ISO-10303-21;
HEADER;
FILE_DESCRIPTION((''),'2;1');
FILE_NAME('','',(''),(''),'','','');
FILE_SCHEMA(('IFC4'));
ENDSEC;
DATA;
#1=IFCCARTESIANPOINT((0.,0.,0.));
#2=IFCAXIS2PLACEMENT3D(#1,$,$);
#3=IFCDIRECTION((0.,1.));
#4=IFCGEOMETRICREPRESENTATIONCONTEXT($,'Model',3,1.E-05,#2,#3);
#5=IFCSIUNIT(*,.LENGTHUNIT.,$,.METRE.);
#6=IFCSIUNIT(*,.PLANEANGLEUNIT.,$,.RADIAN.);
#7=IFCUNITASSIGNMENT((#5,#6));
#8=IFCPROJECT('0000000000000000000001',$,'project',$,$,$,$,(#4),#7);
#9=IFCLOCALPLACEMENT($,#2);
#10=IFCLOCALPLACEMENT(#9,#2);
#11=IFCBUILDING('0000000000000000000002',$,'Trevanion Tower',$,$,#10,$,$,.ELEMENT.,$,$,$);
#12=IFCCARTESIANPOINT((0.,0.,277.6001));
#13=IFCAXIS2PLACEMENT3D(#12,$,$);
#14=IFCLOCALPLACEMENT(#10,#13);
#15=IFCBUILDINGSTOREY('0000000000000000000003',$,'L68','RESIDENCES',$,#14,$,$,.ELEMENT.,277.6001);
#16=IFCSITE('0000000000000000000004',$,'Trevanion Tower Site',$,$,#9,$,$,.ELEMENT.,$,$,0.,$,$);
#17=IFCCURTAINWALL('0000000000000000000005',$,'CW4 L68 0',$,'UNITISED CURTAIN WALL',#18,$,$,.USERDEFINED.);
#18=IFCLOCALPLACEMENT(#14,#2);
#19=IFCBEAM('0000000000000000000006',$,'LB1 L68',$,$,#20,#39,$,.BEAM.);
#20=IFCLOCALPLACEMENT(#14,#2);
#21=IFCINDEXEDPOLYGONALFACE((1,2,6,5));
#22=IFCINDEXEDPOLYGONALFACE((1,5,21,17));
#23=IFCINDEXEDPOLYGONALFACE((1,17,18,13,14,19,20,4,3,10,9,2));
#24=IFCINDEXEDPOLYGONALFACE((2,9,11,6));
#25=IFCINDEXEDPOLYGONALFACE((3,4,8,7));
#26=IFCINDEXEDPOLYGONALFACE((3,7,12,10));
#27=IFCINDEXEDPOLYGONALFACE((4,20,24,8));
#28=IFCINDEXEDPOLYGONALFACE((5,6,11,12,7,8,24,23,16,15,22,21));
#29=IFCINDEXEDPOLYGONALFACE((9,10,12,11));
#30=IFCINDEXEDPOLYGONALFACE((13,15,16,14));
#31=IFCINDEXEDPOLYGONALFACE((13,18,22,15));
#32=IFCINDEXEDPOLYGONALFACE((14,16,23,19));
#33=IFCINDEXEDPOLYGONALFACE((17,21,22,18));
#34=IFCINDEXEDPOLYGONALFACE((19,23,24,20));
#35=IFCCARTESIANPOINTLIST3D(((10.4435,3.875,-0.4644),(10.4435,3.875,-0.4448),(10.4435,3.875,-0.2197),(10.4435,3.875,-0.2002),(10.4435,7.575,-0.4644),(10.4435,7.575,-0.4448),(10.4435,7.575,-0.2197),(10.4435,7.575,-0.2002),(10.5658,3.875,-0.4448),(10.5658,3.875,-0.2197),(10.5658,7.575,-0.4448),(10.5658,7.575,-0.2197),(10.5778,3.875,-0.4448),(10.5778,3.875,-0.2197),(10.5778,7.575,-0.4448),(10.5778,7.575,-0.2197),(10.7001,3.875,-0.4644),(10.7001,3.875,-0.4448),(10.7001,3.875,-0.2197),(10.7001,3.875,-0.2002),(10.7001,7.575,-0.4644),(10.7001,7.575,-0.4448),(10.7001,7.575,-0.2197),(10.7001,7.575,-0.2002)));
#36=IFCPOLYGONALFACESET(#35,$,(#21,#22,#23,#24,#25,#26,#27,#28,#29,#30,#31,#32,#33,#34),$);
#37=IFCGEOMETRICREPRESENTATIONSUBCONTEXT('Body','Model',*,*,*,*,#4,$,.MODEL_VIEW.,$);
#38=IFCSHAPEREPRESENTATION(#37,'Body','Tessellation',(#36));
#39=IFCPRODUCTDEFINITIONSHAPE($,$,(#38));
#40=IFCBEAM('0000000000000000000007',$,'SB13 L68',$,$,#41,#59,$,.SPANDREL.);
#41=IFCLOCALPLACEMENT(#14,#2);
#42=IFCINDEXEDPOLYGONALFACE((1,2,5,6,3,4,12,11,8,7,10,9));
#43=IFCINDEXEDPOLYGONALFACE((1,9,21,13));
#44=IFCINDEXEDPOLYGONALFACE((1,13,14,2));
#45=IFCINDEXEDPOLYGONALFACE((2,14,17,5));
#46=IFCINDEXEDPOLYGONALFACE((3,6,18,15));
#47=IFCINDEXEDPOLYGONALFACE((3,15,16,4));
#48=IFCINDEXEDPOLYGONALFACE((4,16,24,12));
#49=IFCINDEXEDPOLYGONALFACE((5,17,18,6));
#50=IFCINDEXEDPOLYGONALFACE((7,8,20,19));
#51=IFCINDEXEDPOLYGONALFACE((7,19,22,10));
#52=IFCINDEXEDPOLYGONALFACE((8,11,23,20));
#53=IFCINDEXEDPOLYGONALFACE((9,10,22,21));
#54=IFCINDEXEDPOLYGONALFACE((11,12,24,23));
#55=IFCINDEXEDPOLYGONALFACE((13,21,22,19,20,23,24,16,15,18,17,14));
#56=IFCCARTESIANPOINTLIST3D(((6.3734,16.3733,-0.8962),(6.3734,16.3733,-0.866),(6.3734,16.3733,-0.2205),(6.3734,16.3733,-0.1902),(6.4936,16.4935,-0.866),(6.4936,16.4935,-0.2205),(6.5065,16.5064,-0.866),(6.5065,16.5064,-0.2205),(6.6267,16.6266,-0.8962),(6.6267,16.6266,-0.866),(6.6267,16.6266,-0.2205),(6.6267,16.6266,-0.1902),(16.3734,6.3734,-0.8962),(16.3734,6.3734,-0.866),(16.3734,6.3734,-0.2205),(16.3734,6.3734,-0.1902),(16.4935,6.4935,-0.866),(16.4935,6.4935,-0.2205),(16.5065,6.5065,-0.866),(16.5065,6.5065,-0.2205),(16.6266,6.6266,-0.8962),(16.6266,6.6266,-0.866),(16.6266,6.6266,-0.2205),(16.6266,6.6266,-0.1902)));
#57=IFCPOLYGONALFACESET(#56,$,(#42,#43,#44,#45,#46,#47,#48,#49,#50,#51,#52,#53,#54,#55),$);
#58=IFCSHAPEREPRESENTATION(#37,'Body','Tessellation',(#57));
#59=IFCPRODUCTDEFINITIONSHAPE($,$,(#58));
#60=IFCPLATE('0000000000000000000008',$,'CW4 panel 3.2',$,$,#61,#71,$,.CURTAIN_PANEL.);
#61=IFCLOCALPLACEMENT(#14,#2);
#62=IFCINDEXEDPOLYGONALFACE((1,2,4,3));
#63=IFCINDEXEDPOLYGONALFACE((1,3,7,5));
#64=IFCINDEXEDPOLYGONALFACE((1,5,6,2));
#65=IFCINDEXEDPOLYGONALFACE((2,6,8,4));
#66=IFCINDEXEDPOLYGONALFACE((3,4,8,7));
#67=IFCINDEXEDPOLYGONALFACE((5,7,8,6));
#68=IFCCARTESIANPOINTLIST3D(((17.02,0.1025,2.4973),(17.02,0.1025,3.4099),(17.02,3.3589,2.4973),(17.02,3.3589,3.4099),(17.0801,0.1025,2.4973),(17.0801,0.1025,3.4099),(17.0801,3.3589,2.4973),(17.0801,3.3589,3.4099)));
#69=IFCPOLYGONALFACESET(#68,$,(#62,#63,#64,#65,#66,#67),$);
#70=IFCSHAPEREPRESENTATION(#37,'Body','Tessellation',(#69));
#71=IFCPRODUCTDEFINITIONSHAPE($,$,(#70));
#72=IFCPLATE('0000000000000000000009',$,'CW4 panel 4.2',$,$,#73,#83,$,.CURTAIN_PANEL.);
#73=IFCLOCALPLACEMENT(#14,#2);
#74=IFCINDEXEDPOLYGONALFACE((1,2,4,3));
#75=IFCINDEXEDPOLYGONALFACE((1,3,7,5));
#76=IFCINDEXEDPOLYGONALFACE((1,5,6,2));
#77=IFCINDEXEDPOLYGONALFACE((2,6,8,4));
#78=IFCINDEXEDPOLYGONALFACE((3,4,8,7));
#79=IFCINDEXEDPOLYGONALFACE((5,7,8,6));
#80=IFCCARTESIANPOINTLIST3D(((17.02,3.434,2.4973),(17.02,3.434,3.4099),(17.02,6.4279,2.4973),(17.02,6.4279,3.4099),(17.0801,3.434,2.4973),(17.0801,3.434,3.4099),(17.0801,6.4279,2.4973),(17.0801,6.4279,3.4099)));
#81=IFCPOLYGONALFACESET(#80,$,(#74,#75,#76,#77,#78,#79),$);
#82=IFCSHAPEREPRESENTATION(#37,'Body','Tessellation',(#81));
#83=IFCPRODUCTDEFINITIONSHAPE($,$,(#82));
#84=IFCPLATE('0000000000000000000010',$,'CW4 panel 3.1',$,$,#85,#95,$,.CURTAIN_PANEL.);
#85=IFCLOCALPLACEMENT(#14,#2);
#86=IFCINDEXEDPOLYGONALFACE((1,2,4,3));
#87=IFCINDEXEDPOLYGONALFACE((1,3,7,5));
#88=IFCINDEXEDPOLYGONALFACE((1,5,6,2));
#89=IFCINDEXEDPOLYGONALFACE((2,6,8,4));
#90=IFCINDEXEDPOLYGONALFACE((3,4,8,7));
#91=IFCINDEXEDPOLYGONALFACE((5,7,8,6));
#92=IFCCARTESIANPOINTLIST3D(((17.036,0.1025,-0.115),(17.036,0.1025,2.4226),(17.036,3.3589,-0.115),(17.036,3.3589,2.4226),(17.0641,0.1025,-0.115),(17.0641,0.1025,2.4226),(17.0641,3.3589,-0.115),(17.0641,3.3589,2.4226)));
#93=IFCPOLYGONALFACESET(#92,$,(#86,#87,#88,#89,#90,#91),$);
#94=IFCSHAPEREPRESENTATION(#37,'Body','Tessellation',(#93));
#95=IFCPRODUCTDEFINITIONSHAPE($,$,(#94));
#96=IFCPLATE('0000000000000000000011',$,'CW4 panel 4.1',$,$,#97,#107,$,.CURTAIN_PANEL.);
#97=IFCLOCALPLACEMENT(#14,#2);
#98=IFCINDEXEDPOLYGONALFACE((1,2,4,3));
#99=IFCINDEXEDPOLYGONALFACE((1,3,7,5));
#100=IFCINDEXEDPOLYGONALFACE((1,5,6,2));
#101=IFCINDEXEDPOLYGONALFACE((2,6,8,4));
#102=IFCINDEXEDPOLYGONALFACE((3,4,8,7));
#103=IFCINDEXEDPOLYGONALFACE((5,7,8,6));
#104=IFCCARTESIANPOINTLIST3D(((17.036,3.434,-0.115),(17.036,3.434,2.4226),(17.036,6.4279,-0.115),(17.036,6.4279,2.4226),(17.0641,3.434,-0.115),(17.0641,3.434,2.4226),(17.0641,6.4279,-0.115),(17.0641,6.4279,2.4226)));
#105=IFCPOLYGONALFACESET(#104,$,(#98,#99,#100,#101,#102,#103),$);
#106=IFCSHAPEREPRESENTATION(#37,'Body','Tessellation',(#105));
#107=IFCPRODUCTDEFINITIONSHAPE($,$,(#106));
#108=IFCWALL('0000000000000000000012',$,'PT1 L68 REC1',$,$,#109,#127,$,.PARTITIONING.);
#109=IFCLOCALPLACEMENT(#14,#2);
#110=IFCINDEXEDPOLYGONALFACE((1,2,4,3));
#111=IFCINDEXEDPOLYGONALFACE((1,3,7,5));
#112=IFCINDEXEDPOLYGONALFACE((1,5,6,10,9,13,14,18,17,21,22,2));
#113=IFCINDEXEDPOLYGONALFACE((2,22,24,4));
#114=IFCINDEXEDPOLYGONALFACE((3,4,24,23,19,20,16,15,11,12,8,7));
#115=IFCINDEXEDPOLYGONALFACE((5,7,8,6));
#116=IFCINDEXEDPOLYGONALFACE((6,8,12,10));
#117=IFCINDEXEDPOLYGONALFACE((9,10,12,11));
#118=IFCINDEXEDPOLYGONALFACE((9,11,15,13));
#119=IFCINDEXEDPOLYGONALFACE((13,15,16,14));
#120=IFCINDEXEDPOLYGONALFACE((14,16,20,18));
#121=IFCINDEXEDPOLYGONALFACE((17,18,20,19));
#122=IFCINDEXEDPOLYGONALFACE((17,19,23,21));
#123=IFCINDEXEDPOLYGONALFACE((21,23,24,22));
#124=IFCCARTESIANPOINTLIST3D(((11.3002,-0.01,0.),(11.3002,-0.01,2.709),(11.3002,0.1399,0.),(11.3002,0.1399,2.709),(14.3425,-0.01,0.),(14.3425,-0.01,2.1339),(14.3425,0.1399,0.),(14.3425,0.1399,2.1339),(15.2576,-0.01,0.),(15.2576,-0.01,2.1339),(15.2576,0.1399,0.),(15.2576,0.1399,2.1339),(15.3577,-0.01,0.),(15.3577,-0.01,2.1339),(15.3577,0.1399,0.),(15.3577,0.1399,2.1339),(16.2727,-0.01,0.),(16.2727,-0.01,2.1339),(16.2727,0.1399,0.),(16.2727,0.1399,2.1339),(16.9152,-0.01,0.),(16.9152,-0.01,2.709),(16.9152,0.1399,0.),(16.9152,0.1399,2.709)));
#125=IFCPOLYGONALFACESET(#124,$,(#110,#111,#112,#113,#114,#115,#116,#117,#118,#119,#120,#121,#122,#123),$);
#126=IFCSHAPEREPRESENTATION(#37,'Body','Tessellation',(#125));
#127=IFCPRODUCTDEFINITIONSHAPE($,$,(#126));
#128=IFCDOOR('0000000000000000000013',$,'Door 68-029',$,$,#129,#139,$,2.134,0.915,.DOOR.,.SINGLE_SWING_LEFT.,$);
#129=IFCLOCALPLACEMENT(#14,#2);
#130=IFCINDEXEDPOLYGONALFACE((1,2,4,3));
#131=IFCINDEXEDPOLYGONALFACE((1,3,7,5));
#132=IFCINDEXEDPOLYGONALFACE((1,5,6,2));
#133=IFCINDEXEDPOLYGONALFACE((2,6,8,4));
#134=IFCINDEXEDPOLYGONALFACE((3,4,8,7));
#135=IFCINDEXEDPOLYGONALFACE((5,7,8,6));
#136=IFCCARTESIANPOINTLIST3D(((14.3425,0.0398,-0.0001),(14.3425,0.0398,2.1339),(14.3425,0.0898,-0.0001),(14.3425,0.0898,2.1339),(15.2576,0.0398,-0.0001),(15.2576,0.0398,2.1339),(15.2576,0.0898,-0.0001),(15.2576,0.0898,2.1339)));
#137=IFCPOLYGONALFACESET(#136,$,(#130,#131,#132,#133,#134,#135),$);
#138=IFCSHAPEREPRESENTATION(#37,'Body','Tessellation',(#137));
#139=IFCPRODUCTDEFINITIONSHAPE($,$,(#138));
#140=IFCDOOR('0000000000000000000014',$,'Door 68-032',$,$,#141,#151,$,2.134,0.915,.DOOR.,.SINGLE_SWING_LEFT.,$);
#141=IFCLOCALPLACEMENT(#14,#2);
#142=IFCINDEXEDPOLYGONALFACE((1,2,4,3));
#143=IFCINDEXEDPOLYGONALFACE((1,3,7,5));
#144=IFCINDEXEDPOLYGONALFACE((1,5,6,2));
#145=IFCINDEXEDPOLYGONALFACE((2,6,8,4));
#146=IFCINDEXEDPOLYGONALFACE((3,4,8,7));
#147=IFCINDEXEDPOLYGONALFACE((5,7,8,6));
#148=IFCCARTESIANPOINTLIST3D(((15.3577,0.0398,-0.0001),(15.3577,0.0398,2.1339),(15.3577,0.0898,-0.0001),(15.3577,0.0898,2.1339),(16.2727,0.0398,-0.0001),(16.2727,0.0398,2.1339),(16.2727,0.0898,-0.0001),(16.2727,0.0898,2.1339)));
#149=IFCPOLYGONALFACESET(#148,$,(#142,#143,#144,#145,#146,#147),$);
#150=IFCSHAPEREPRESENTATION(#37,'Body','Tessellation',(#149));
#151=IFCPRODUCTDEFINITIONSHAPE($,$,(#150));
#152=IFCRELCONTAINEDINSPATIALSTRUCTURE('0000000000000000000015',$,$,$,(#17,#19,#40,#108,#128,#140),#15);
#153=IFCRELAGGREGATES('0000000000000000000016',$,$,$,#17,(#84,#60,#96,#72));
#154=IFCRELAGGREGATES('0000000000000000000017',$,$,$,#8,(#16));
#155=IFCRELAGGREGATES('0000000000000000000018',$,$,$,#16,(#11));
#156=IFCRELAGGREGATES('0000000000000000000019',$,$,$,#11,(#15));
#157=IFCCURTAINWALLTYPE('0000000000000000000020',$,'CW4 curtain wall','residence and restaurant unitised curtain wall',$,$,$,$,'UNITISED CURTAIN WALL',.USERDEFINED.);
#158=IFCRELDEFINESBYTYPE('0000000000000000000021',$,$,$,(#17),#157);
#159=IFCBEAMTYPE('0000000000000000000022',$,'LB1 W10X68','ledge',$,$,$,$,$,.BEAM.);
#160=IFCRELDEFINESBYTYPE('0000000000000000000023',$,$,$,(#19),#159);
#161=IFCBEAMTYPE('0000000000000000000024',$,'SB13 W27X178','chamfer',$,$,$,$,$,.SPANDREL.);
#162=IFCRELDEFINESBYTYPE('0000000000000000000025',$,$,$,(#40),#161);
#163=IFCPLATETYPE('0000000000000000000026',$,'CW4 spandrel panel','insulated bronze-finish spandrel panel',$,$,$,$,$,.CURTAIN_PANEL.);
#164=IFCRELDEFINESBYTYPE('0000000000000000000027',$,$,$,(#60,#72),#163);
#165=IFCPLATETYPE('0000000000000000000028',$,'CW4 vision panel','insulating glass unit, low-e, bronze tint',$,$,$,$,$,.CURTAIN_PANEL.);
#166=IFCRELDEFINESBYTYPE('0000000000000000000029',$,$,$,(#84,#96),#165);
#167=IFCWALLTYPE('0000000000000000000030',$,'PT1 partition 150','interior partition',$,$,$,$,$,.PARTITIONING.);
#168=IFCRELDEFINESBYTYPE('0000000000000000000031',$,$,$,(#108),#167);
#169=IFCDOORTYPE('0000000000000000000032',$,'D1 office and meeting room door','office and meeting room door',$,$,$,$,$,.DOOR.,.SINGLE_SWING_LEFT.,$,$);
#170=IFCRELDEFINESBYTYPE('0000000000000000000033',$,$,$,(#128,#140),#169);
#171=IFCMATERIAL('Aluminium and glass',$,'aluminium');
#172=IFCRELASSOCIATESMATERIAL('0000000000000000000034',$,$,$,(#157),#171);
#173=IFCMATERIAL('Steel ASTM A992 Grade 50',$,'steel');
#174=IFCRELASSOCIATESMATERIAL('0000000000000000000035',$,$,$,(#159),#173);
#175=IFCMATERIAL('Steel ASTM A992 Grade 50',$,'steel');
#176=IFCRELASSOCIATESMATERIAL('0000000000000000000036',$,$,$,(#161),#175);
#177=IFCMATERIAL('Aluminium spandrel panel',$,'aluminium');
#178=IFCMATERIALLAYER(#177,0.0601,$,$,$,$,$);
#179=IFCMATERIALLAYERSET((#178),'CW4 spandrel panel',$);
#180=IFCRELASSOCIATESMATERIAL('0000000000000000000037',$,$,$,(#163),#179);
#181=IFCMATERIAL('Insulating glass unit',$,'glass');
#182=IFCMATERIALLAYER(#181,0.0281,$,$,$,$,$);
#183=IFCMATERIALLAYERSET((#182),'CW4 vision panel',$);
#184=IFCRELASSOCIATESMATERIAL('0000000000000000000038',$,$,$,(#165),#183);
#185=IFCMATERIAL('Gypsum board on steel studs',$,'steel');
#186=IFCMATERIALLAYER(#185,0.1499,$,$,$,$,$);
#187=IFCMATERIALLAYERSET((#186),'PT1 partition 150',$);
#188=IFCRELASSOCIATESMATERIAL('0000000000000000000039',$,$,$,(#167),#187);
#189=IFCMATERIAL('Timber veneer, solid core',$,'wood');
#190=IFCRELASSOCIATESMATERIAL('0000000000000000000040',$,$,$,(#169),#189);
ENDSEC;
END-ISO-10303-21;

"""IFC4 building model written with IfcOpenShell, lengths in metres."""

from ifc_helpers import new_model, si_unit, direction, frame, frame_2d, origin, origin_2d, place, context, subcontext, project, spatial, rectangle, i_section, extrude, material, layer, layer_set, material_profile, profile_set, type_object, element, fill, aggregate, save


model = new_model("IFC4")

# Units and contexts
model_context = context("Model", 3, precision=1e-05, world=origin(), true_north=direction((0.0, 1.0)))
body_context = subcontext(model_context, "Body", "Model", "MODEL_VIEW")
ifc_project = project(units=[si_unit("LENGTHUNIT", "METRE"), si_unit("PLANEANGLEUNIT", "RADIAN")], contexts=[model_context])

# Site, building, storey
site_placement = place(None, origin())
site = spatial("IfcSite", under=ifc_project, at=site_placement, Name="Trevanion Tower Site", CompositionType="ELEMENT", RefElevation=0.0)
building_placement = place(site_placement, origin())
building = spatial("IfcBuilding", under=site, at=building_placement, Name="Trevanion Tower", CompositionType="ELEMENT")
storey_placement = place(building_placement, frame((0.0, 0.0, 277.6001)))
storey = spatial("IfcBuildingStorey", under=building, at=storey_placement, Name="L68", Description="RESIDENCES", CompositionType="ELEMENT", Elevation=277.6001)

# Curtain wall
ifc_material_1 = material(Name="Aluminium and glass", Category="aluminium")
curtain_wall_type = type_object("IfcCurtainWallType", Name="CW4 curtain wall", Description="residence and restaurant unitised curtain wall", ElementType="UNITISED CURTAIN WALL", PredefinedType="USERDEFINED", material=ifc_material_1)
curtain_wall_placement = place(storey_placement, origin())
curtain_wall = element("IfcCurtainWall", 1, at=curtain_wall_placement, inside=storey, type_object=curtain_wall_type, Name="CW4 L68 0", ObjectType="UNITISED CURTAIN WALL", PredefinedType="USERDEFINED")

# Beams
ifc_material_2 = material(Name="Steel ASTM A992 Grade 50", Category="steel")
ifc_material_profile_1 = material_profile(ifc_material_2, i_section(OverallWidth=0.2566, OverallDepth=0.2642, WebThickness=0.012, FlangeThickness=0.0195, at=origin_2d()), Name="W10X68")
ifc_profile_set_1 = profile_set([ifc_material_profile_1], Name="Steel ASTM A992 Grade 50")
beam_type_1 = type_object("IfcBeamType", Name="LB1 W10X68", Description="ledge", PredefinedType="BEAM", material=ifc_profile_set_1)
beam_1_placement = place(storey_placement, frame((10.5718, 3.875, -0.3323), z_axis=(0.0, 1.0, 0.0), x_axis=(-1.0, 0.0, 0.0)))
element("IfcBeam", 2, at=beam_1_placement, inside=storey, type_object=beam_type_1, Name="LB1 L68", PredefinedType="BEAM", context=body_context, shape_type="SweptSolid", body=[
    extrude(i_section(OverallWidth=0.2566, OverallDepth=0.2642, WebThickness=0.012, FlangeThickness=0.0195, at=origin_2d()), origin(), (0.0, 0.0, 1.0), 3.7),
])
ifc_material_3 = material(Name="Steel ASTM A992 Grade 50", Category="steel")
ifc_material_profile_2 = material_profile(ifc_material_3, i_section(OverallWidth=0.3582, OverallDepth=0.7061, WebThickness=0.0183, FlangeThickness=0.0303, at=origin_2d()), Name="W27X178")
ifc_profile_set_2 = profile_set([ifc_material_profile_2], Name="Steel ASTM A992 Grade 50")
beam_type_2 = type_object("IfcBeamType", Name="SB13 W27X178", Description="chamfer", PredefinedType="SPANDREL", material=ifc_profile_set_2)
beam_2_placement = place(storey_placement, frame((16.5, 6.5, -0.5432), z_axis=(-0.707107, 0.707107, 0.0), x_axis=(-0.707107, -0.707107, 0.0)))
element("IfcBeam", 3, at=beam_2_placement, inside=storey, type_object=beam_type_2, Name="SB13 L68", PredefinedType="SPANDREL", context=body_context, shape_type="SweptSolid", body=[
    extrude(i_section(OverallWidth=0.3582, OverallDepth=0.7061, WebThickness=0.0183, FlangeThickness=0.0303, at=origin_2d()), origin(), (0.0, 0.0, 1.0), 14.1421),
])

# Plates
ifc_material_4 = material(Name="Aluminium spandrel panel", Category="aluminium")
ifc_layer_1 = layer(ifc_material_4, 0.0601)
ifc_layer_set_1 = layer_set([ifc_layer_1], Name="CW4 spandrel panel")
plate_type_1 = type_object("IfcPlateType", Name="CW4 spandrel panel", Description="insulated bronze-finish spandrel panel", PredefinedType="CURTAIN_PANEL", material=ifc_layer_set_1)
plate_1_placement = place(storey_placement, frame((17.05, 1.7307, 2.4973), z_axis=(0.0, 0.0, 1.0), x_axis=(0.0, 1.0, 0.0)))
plate_1 = element("IfcPlate", 4, at=plate_1_placement, type_object=plate_type_1, Name="CW4 panel 3.2", PredefinedType="CURTAIN_PANEL", context=body_context, shape_type="SweptSolid", body=[
    extrude(rectangle(XDim=3.2563, YDim=0.0601, at=origin_2d()), origin(), (0.0, 0.0, 1.0), 0.9126),
])
plate_2_placement = place(storey_placement, frame((17.05, 4.9309, 2.4973), z_axis=(0.0, 0.0, 1.0), x_axis=(0.0, 1.0, 0.0)))
plate_2 = element("IfcPlate", 5, at=plate_2_placement, type_object=plate_type_1, Name="CW4 panel 4.2", PredefinedType="CURTAIN_PANEL", context=body_context, shape_type="SweptSolid", body=[
    extrude(rectangle(XDim=2.9939, YDim=0.0601, at=origin_2d()), origin(), (0.0, 0.0, 1.0), 0.9126),
])
ifc_material_5 = material(Name="Insulating glass unit", Category="glass")
ifc_layer_2 = layer(ifc_material_5, 0.0281)
ifc_layer_set_2 = layer_set([ifc_layer_2], Name="CW4 vision panel")
plate_type_2 = type_object("IfcPlateType", Name="CW4 vision panel", Description="insulating glass unit, low-e, bronze tint", PredefinedType="CURTAIN_PANEL", material=ifc_layer_set_2)
plate_3_placement = place(storey_placement, frame((17.05, 1.7307, -0.115), z_axis=(0.0, 0.0, 1.0), x_axis=(0.0, 1.0, 0.0)))
plate_3 = element("IfcPlate", 6, at=plate_3_placement, type_object=plate_type_2, Name="CW4 panel 3.1", PredefinedType="CURTAIN_PANEL", context=body_context, shape_type="SweptSolid", body=[
    extrude(rectangle(XDim=3.2563, YDim=0.0281, at=origin_2d()), origin(), (0.0, 0.0, 1.0), 2.5376),
])
plate_4_placement = place(storey_placement, frame((17.05, 4.9309, -0.115), z_axis=(0.0, 0.0, 1.0), x_axis=(0.0, 1.0, 0.0)))
plate_4 = element("IfcPlate", 7, at=plate_4_placement, type_object=plate_type_2, Name="CW4 panel 4.1", PredefinedType="CURTAIN_PANEL", context=body_context, shape_type="SweptSolid", body=[
    extrude(rectangle(XDim=2.9939, YDim=0.0281, at=origin_2d()), origin(), (0.0, 0.0, 1.0), 2.5376),
])
aggregate(curtain_wall, [plate_3, plate_1, plate_4, plate_2])

# Wall, openings, doors
ifc_material_6 = material(Name="Gypsum board on steel studs", Category="steel")
ifc_layer_3 = layer(ifc_material_6, 0.1499)
ifc_layer_set_3 = layer_set([ifc_layer_3], Name="PT1 partition 150")
wall_type_1 = type_object("IfcWallType", Name="PT1 partition 150", Description="interior partition", PredefinedType="PARTITIONING", material=ifc_layer_set_3)
wall_1_placement = place(storey_placement, frame((11.3, 0.0649, 0.0), z_axis=(0.0, 0.0, 1.0), x_axis=(1.0, 0.0, 0.0)))
wall_1 = element("IfcWall", 8, at=wall_1_placement, inside=storey, type_object=wall_type_1, Name="PT1 L68 REC1", PredefinedType="PARTITIONING", context=body_context, shape_type="SweptSolid", body=[
    extrude(rectangle(XDim=5.615, YDim=0.1499, at=frame_2d((2.8076, 0.0))), origin(), (0.0, 0.0, 1.0), 2.709),
])
opening_1_placement = place(wall_1_placement, frame((3.0425, 0.0, 0.0)))
opening_1 = element("IfcOpeningElement", 9, at=opening_1_placement, cuts=wall_1, PredefinedType="OPENING", context=body_context, shape_type="SweptSolid", body=[
    extrude(rectangle(XDim=0.915, YDim=2.134, at=frame_2d((0.4575, 1.0669))), frame((0.0, 0.085, 0.0), z_axis=(0.0, -1.0, 0.0), x_axis=(1.0, 0.0, 0.0)), (0.0, 0.0, 1.0), 0.1699),
])
opening_2_placement = place(wall_1_placement, frame((4.0576, 0.0, 0.0)))
opening_2 = element("IfcOpeningElement", 10, at=opening_2_placement, cuts=wall_1, PredefinedType="OPENING", context=body_context, shape_type="SweptSolid", body=[
    extrude(rectangle(XDim=0.915, YDim=2.134, at=frame_2d((0.4575, 1.0669))), frame((0.0, 0.085, 0.0), z_axis=(0.0, -1.0, 0.0), x_axis=(1.0, 0.0, 0.0)), (0.0, 0.0, 1.0), 0.1699),
])
ifc_material_7 = material(Name="Timber veneer, solid core", Category="wood")
door_type_1 = type_object("IfcDoorType", Name="D1 office and meeting room door", Description="office and meeting room door", OperationType="SINGLE_SWING_LEFT", PredefinedType="DOOR", material=ifc_material_7)
door_1_placement = place(opening_1_placement, origin())
door_1 = element("IfcDoor", 11, at=door_1_placement, inside=storey, type_object=door_type_1, Name="Door 68-029", OperationType="SINGLE_SWING_LEFT", OverallHeight=2.134, OverallWidth=0.915, PredefinedType="DOOR", context=body_context, shape_type="SweptSolid", body=[
    extrude(rectangle(XDim=0.915, YDim=2.134, at=frame_2d((0.4575, 1.0669))), frame((0.0, 0.0249, 0.0), z_axis=(0.0, -1.0, 0.0), x_axis=(1.0, 0.0, 0.0)), (0.0, 0.0, 1.0), 0.05),
])
fill(opening_1, door_1)
door_2_placement = place(opening_2_placement, origin())
door_2 = element("IfcDoor", 12, at=door_2_placement, inside=storey, type_object=door_type_1, Name="Door 68-032", OperationType="SINGLE_SWING_LEFT", OverallHeight=2.134, OverallWidth=0.915, PredefinedType="DOOR", context=body_context, shape_type="SweptSolid", body=[
    extrude(rectangle(XDim=0.915, YDim=2.134, at=frame_2d((0.4575, 1.0669))), frame((0.0, 0.0249, 0.0), z_axis=(0.0, -1.0, 0.0), x_axis=(1.0, 0.0, 0.0)), (0.0, 0.0, 1.0), 0.05),
])
fill(opening_2, door_2)

save(model, "model.ifc")
